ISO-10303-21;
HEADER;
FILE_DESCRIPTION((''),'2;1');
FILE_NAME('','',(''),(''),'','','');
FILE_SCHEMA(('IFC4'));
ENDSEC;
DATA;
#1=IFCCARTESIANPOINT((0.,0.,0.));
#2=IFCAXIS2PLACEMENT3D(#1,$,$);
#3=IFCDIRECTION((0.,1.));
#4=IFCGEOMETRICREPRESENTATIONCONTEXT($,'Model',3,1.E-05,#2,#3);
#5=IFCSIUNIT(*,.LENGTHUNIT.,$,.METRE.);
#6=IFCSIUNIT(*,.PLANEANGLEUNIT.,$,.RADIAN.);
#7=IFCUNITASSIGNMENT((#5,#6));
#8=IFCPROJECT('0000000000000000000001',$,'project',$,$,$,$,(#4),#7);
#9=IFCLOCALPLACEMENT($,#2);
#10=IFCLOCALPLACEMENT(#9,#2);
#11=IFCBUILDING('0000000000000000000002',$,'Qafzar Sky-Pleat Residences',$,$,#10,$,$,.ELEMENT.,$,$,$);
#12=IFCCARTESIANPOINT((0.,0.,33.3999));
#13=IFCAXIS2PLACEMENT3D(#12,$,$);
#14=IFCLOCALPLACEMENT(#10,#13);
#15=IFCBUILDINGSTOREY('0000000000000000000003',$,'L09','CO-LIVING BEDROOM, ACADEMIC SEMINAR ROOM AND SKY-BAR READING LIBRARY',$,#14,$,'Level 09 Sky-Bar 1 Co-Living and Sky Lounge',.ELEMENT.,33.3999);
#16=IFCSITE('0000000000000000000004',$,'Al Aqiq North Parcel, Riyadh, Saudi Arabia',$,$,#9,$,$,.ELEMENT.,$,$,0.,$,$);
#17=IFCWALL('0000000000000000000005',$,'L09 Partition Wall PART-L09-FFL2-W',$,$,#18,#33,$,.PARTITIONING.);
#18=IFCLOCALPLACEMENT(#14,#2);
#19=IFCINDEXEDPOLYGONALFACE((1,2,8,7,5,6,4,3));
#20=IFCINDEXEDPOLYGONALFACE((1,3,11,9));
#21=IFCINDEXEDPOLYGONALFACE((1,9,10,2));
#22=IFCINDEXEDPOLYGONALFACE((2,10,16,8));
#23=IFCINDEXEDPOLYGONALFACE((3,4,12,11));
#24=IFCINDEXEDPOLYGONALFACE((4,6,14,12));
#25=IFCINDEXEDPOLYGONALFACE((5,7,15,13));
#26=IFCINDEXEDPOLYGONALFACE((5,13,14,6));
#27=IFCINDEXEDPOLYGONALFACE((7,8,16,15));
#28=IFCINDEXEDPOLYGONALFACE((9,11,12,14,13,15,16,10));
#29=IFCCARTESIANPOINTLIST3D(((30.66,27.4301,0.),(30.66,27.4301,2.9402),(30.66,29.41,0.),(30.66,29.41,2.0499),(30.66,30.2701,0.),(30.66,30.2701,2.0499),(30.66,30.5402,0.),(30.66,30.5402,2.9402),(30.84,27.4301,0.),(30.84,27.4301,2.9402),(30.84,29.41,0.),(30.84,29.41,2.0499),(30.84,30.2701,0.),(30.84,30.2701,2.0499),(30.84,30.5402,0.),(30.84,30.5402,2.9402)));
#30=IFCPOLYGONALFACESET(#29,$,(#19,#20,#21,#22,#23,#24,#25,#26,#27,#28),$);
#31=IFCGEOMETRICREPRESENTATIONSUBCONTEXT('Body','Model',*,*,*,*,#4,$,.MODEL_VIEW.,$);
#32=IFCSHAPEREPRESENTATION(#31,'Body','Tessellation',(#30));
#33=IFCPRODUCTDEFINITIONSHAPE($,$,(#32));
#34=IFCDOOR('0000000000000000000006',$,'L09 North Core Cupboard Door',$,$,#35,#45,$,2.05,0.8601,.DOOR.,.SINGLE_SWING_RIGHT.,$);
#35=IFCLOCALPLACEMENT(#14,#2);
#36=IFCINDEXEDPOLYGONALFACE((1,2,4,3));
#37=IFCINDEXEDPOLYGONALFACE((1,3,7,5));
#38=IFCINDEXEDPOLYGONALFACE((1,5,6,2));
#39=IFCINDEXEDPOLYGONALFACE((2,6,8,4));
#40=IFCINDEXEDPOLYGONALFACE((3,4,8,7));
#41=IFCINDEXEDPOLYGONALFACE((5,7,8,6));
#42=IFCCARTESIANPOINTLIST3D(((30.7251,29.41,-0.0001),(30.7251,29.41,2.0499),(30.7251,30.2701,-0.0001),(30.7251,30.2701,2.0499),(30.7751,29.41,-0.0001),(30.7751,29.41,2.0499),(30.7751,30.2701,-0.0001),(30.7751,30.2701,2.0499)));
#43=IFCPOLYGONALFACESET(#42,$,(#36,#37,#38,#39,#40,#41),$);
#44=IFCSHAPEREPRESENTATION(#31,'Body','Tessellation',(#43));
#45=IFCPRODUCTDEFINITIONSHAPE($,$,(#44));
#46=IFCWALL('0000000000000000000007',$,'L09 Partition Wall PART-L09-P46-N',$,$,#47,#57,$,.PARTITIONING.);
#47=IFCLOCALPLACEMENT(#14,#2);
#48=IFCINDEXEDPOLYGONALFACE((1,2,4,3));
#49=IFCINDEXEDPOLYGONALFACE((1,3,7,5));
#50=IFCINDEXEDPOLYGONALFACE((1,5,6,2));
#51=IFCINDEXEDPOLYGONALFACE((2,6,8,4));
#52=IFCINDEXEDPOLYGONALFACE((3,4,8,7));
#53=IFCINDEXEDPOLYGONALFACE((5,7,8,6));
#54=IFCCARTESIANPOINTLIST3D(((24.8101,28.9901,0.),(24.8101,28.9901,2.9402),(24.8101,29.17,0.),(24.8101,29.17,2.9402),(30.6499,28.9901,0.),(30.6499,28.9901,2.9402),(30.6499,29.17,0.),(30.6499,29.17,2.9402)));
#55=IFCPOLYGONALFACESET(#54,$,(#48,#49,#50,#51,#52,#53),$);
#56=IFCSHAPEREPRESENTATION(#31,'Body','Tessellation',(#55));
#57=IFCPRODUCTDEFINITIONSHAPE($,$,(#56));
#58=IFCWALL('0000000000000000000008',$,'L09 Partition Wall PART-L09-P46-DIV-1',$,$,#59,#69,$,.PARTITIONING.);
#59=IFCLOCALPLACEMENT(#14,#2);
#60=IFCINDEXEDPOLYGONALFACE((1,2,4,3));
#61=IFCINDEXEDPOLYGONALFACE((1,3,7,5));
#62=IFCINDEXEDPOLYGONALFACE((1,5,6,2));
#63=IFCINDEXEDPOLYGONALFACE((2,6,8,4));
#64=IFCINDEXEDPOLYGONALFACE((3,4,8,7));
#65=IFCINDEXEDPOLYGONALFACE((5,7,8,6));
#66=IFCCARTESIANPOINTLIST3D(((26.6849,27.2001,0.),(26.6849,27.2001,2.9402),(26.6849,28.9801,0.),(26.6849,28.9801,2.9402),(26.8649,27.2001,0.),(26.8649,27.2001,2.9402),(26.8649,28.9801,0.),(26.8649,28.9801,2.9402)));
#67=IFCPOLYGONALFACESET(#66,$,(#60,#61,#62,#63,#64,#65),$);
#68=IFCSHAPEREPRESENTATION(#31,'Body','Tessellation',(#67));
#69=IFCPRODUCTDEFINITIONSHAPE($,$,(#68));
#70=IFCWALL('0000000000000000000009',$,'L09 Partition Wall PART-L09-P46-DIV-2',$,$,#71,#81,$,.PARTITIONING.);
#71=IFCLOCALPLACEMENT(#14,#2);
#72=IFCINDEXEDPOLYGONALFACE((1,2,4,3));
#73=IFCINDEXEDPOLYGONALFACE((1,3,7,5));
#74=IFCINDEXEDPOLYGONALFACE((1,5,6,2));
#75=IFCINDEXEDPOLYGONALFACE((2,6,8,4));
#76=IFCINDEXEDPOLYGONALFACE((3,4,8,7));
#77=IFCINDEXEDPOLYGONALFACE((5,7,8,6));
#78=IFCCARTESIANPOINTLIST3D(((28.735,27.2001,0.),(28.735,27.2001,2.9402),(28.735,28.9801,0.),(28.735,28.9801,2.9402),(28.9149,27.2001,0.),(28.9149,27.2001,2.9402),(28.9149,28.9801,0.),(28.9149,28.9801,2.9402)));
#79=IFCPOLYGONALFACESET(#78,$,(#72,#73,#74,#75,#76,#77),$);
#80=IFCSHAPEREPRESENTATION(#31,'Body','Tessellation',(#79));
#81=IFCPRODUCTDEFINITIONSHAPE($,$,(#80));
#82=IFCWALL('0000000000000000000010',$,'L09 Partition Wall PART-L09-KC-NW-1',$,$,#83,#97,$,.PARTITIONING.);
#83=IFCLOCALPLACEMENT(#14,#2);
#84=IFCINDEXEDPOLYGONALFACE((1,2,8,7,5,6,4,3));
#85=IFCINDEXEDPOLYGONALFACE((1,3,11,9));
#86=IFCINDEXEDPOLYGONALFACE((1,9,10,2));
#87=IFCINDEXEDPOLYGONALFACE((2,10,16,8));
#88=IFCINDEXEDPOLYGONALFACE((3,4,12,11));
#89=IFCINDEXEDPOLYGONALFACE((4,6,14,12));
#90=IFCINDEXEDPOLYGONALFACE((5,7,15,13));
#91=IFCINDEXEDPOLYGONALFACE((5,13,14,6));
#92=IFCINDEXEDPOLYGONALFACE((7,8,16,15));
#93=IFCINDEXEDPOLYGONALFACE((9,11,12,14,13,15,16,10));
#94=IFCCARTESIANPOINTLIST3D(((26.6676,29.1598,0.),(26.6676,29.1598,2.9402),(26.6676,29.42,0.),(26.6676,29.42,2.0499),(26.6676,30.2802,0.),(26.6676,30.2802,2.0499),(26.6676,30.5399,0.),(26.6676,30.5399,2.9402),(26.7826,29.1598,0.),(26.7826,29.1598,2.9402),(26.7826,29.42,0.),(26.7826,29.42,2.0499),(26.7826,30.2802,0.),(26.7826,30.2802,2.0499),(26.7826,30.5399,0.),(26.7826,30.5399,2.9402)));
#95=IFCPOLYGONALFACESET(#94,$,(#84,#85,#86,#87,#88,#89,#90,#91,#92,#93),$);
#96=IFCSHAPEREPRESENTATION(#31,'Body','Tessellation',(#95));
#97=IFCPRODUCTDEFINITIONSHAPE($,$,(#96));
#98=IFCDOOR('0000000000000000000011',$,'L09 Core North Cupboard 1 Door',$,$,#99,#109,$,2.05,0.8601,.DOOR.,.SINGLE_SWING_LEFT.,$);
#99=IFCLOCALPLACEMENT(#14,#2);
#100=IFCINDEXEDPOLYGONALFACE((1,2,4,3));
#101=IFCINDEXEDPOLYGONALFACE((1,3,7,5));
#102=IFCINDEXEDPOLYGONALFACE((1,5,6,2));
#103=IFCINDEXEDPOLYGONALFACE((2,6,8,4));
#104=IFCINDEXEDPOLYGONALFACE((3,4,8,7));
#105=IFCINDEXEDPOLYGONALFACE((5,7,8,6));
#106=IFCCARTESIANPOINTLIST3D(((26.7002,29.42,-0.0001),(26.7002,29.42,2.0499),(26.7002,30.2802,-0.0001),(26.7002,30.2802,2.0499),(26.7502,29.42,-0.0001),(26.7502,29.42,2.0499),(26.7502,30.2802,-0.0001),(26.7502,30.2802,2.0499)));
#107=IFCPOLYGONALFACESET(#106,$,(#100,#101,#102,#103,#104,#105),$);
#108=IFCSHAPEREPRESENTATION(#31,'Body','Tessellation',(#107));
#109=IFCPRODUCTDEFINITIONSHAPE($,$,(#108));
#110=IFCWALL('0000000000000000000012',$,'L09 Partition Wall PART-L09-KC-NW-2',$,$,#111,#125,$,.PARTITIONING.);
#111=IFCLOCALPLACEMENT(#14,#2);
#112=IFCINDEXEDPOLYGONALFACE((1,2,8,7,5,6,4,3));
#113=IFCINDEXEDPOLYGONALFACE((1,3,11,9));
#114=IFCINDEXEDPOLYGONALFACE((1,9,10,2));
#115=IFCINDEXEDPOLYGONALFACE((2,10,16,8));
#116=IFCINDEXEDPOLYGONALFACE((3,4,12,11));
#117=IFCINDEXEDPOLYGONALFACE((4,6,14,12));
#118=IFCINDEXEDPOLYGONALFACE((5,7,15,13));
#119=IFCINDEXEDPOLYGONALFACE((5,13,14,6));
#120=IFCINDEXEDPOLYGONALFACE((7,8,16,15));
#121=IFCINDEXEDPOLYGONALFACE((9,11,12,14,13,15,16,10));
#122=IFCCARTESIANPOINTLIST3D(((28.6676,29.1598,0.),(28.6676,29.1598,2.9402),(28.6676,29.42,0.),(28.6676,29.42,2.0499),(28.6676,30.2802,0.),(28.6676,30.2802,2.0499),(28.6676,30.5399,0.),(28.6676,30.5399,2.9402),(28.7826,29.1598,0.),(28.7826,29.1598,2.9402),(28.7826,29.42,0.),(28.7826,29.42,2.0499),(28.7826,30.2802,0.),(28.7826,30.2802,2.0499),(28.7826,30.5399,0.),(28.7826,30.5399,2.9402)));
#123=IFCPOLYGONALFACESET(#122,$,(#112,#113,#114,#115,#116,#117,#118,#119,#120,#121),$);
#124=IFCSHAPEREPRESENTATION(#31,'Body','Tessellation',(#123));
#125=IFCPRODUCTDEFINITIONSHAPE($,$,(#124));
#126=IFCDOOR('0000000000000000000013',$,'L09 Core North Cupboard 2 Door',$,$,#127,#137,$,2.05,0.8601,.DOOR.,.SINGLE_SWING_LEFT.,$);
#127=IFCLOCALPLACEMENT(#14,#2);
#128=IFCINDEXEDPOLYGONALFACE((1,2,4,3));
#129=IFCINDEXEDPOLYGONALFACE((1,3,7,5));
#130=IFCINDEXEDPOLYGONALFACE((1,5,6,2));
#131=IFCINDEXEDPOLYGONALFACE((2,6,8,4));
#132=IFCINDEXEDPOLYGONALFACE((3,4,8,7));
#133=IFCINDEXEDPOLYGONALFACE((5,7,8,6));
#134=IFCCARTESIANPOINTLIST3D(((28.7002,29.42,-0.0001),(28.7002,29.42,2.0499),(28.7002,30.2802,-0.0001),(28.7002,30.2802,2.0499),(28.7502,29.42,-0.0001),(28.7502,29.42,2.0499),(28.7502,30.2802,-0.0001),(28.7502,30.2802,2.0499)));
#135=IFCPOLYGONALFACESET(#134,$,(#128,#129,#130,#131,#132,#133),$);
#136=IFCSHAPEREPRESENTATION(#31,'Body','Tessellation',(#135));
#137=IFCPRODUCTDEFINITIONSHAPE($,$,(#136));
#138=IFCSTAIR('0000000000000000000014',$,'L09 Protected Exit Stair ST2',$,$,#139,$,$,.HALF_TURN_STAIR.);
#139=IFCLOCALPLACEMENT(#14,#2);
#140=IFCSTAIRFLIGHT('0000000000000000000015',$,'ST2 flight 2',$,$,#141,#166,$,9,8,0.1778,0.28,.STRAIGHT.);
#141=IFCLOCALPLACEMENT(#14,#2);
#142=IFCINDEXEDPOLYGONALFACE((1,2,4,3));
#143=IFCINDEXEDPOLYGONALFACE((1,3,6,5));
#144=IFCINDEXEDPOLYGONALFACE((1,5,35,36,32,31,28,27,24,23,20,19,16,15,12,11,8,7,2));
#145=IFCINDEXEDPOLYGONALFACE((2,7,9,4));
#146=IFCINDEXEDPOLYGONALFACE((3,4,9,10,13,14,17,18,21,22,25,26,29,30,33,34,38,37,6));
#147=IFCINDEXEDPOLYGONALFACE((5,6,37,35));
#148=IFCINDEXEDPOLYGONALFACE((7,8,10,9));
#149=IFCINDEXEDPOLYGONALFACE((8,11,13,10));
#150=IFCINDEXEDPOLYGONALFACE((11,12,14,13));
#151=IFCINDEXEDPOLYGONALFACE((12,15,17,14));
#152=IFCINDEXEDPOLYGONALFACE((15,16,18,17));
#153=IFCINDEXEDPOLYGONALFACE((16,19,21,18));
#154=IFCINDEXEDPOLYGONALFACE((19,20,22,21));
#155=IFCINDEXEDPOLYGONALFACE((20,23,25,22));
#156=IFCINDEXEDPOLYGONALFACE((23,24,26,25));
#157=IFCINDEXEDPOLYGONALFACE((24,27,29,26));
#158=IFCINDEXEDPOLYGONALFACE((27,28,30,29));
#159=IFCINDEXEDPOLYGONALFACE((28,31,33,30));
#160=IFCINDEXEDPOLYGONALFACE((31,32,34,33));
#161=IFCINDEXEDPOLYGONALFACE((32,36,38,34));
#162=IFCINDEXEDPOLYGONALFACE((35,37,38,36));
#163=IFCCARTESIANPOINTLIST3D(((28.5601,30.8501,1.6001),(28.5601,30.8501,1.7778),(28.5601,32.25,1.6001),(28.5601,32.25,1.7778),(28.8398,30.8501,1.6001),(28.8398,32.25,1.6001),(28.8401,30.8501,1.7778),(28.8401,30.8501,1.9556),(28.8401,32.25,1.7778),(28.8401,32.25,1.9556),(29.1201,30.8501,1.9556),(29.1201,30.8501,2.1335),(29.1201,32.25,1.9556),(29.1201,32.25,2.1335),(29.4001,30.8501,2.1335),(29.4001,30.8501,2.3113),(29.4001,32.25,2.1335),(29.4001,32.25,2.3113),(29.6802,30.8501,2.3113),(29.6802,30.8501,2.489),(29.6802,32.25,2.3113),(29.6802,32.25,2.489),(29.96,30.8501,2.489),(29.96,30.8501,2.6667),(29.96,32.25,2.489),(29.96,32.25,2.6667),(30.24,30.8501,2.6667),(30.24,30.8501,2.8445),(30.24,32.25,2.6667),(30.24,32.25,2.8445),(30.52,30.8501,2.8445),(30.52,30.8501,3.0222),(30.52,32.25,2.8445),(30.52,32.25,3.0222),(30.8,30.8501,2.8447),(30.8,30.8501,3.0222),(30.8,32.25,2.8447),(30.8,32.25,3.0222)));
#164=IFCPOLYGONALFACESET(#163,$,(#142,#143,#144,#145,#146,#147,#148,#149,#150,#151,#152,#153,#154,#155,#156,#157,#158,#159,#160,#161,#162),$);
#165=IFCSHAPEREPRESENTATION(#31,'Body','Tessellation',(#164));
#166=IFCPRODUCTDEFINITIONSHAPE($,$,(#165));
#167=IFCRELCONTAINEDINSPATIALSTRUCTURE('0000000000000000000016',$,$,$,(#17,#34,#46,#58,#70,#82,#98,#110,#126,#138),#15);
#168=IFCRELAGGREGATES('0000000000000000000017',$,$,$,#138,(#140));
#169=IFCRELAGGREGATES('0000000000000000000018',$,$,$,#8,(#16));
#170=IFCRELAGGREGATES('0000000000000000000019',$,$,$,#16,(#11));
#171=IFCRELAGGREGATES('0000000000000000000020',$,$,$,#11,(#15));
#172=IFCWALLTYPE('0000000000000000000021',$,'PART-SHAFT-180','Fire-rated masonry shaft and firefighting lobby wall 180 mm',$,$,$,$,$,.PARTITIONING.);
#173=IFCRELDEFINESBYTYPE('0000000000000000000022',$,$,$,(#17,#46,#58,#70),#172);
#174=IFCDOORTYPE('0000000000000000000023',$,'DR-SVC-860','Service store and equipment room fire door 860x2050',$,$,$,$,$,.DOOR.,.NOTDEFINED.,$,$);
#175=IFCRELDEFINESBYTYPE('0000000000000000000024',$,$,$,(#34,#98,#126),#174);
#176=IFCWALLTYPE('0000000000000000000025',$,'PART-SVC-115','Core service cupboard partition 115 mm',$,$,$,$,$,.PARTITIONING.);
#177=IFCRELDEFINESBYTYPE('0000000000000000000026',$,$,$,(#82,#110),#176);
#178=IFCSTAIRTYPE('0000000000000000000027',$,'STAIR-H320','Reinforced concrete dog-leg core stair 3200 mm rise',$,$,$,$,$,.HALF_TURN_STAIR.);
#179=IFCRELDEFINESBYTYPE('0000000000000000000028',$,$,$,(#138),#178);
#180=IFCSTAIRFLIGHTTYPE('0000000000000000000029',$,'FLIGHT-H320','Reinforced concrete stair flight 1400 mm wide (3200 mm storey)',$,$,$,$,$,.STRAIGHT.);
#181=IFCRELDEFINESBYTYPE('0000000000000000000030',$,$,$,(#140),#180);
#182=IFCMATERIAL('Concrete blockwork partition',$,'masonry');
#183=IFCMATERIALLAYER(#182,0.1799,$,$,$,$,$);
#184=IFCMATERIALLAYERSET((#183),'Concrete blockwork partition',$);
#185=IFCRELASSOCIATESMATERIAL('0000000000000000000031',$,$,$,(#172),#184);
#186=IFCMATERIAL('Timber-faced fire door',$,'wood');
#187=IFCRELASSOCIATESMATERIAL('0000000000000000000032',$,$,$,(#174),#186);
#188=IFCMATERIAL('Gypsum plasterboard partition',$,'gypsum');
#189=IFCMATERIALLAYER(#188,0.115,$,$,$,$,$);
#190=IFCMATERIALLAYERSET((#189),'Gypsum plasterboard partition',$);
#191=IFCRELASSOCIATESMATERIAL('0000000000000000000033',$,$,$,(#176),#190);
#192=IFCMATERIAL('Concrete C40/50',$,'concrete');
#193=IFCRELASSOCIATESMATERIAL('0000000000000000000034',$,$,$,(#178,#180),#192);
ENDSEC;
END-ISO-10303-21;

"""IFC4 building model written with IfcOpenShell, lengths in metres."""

from ifc_helpers import new_model, si_unit, direction, frame, frame_2d, origin, place, context, subcontext, project, spatial, polyline, rectangle, outline, extrude, source, transform, mapped, material, layer, layer_set, type_object, element, fill, aggregate, save


model = new_model("IFC4")

# Units and contexts
model_context = context("Model", 3, precision=1e-05, world=origin(), true_north=direction((0.0, 1.0)))
body_context = subcontext(model_context, "Body", "Model", "MODEL_VIEW")
ifc_project = project(units=[si_unit("LENGTHUNIT", "METRE"), si_unit("PLANEANGLEUNIT", "RADIAN")], contexts=[model_context])

# Site, building, storey
site_placement = place(None, origin())
site = spatial("IfcSite", under=ifc_project, at=site_placement, Name="Al Aqiq North Parcel, Riyadh, Saudi Arabia", CompositionType="ELEMENT", RefElevation=0.0)
building_placement = place(site_placement, origin())
building = spatial("IfcBuilding", under=site, at=building_placement, Name="Qafzar Sky-Pleat Residences", CompositionType="ELEMENT")
storey_placement = place(building_placement, frame((0.0, 0.0, 33.3999)))
storey = spatial("IfcBuildingStorey", under=building, at=storey_placement, Name="L09", Description="CO-LIVING BEDROOM, ACADEMIC SEMINAR ROOM AND SKY-BAR READING LIBRARY", LongName="Level 09 Sky-Bar 1 Co-Living and Sky Lounge", CompositionType="ELEMENT", Elevation=33.3999)

# Wall, opening, door
ifc_material_1 = material(Name="Concrete blockwork partition", Category="masonry")
ifc_layer_1 = layer(ifc_material_1, 0.1799)
ifc_layer_set_1 = layer_set([ifc_layer_1], Name="Concrete blockwork partition")
wall_type_1 = type_object("IfcWallType", Name="PART-SHAFT-180", Description="Fire-rated masonry shaft and firefighting lobby wall 180 mm", PredefinedType="PARTITIONING", material=ifc_layer_set_1)
wall_1_placement = place(storey_placement, frame((30.75, 27.4299, 0.0), z_axis=(0.0, 0.0, 1.0), x_axis=(0.0, 1.0, 0.0)))
wall_1 = element("IfcWall", 1, at=wall_1_placement, inside=storey, type_object=wall_type_1, Name="L09 Partition Wall PART-L09-FFL2-W", PredefinedType="PARTITIONING", context=body_context, shape_type="SweptSolid", body=[
    extrude(rectangle(XDim=3.1101, YDim=0.1799, at=frame_2d((1.5552, 0.0))), origin(), (0.0, 0.0, 1.0), 2.9402),
])
opening_1_placement = place(wall_1_placement, frame((1.98, 0.0, 0.0)))
opening_1 = element("IfcOpeningElement", 2, at=opening_1_placement, cuts=wall_1, PredefinedType="OPENING", context=body_context, shape_type="SweptSolid", body=[
    extrude(rectangle(XDim=0.8601, YDim=2.05, at=frame_2d((0.4302, 1.0249))), frame((0.0, 0.1001, 0.0), z_axis=(0.0, -1.0, 0.0), x_axis=(1.0, 0.0, 0.0)), (0.0, 0.0, 1.0), 0.2),
])
ifc_material_2 = material(Name="Timber-faced fire door", Category="wood")
door_type_1 = type_object("IfcDoorType", Name="DR-SVC-860", Description="Service store and equipment room fire door 860x2050", OperationType="NOTDEFINED", PredefinedType="DOOR", material=ifc_material_2)
shared_shape_1 = source(origin(), body_context, "Body", "SweptSolid", [
    extrude(rectangle(XDim=0.8601, YDim=2.05, at=frame_2d((0.4302, 1.0249))), frame((0.0, 0.0249, 0.0), z_axis=(0.0, -1.0, 0.0), x_axis=(1.0, 0.0, 0.0)), (0.0, 0.0, 1.0), 0.05),
])
door_1_placement = place(opening_1_placement, origin())
door_1 = element("IfcDoor", 3, at=door_1_placement, inside=storey, type_object=door_type_1, Name="L09 North Core Cupboard Door", OperationType="SINGLE_SWING_RIGHT", OverallHeight=2.05, OverallWidth=0.8601, PredefinedType="DOOR", context=body_context, shape_type="MappedRepresentation", body=[
    mapped(shared_shape_1, transform((0.0, 0.0, 0.0), x_axis=(1.0, 0.0, 0.0), y_axis=(0.0, 1.0, 0.0), z_axis=(0.0, 0.0, 1.0), scale=1.0)),
])
fill(opening_1, door_1)

# Walls
wall_2_placement = place(storey_placement, frame((24.8101, 29.0801, 0.0), z_axis=(0.0, 0.0, 1.0), x_axis=(1.0, 0.0, 0.0)))
element("IfcWall", 4, at=wall_2_placement, inside=storey, type_object=wall_type_1, Name="L09 Partition Wall PART-L09-P46-N", PredefinedType="PARTITIONING", context=body_context, shape_type="SweptSolid", body=[
    extrude(rectangle(XDim=5.8398, YDim=0.1799, at=frame_2d((2.9199, 0.0))), origin(), (0.0, 0.0, 1.0), 2.9402),
])
for number, where, z_axis, x_axis, name in (
    (5, (26.7749, 27.2, 0.0), (0.0, 0.0, 1.0), (0.0, 1.0, 0.0), "L09 Partition Wall PART-L09-P46-DIV-1"),
    (6, (28.825, 27.2, 0.0), (0.0, 0.0, 1.0), (0.0, 1.0, 0.0), "L09 Partition Wall PART-L09-P46-DIV-2"),
):
    element("IfcWall", number, at=place(storey_placement, frame(where, z_axis=z_axis, x_axis=x_axis)), inside=storey, type_object=wall_type_1, Name=name, PredefinedType="PARTITIONING", context=body_context, shape_type="SweptSolid", body=[
        extrude(rectangle(XDim=1.78, YDim=0.1799, at=frame_2d((0.8901, 0.0))), origin(), (0.0, 0.0, 1.0), 2.9402),
    ])

# Walls, openings, doors
ifc_material_3 = material(Name="Gypsum plasterboard partition", Category="gypsum")
ifc_layer_2 = layer(ifc_material_3, 0.115)
ifc_layer_set_2 = layer_set([ifc_layer_2], Name="Gypsum plasterboard partition")
wall_type_2 = type_object("IfcWallType", Name="PART-SVC-115", Description="Core service cupboard partition 115 mm", PredefinedType="PARTITIONING", material=ifc_layer_set_2)
wall_3_placement = place(storey_placement, frame((26.7251, 29.1599, 0.0), z_axis=(0.0, 0.0, 1.0), x_axis=(0.0, 1.0, 0.0)))
wall_3 = element("IfcWall", 7, at=wall_3_placement, inside=storey, type_object=wall_type_2, Name="L09 Partition Wall PART-L09-KC-NW-1", PredefinedType="PARTITIONING", context=body_context, shape_type="SweptSolid", body=[
    extrude(rectangle(XDim=1.3801, YDim=0.115, at=frame_2d((0.6899, 0.0))), origin(), (0.0, 0.0, 1.0), 2.9402),
])
opening_2_placement = place(wall_3_placement, frame((0.26, 0.0, 0.0)))
opening_2 = element("IfcOpeningElement", 8, at=opening_2_placement, cuts=wall_3, PredefinedType="OPENING", context=body_context, shape_type="SweptSolid", body=[
    extrude(rectangle(XDim=0.8601, YDim=2.05, at=frame_2d((0.4302, 1.0249))), frame((0.0, 0.0674, 0.0), z_axis=(0.0, -1.0, 0.0), x_axis=(1.0, 0.0, 0.0)), (0.0, 0.0, 1.0), 0.135),
])
door_2_placement = place(opening_2_placement, origin())
door_2 = element("IfcDoor", 9, at=door_2_placement, inside=storey, type_object=door_type_1, Name="L09 Core North Cupboard 1 Door", OperationType="SINGLE_SWING_LEFT", OverallHeight=2.05, OverallWidth=0.8601, PredefinedType="DOOR", context=body_context, shape_type="MappedRepresentation", body=[
    mapped(shared_shape_1, transform((0.0, 0.0, 0.0), x_axis=(1.0, 0.0, 0.0), y_axis=(0.0, 1.0, 0.0), z_axis=(0.0, 0.0, 1.0), scale=1.0)),
])
fill(opening_2, door_2)
wall_4_placement = place(storey_placement, frame((28.7251, 29.1599, 0.0), z_axis=(0.0, 0.0, 1.0), x_axis=(0.0, 1.0, 0.0)))
wall_4 = element("IfcWall", 10, at=wall_4_placement, inside=storey, type_object=wall_type_2, Name="L09 Partition Wall PART-L09-KC-NW-2", PredefinedType="PARTITIONING", context=body_context, shape_type="SweptSolid", body=[
    extrude(rectangle(XDim=1.3801, YDim=0.115, at=frame_2d((0.6899, 0.0))), origin(), (0.0, 0.0, 1.0), 2.9402),
])
opening_3_placement = place(wall_4_placement, frame((0.26, 0.0, 0.0)))
opening_3 = element("IfcOpeningElement", 11, at=opening_3_placement, cuts=wall_4, PredefinedType="OPENING", context=body_context, shape_type="SweptSolid", body=[
    extrude(rectangle(XDim=0.8601, YDim=2.05, at=frame_2d((0.4302, 1.0249))), frame((0.0, 0.0674, 0.0), z_axis=(0.0, -1.0, 0.0), x_axis=(1.0, 0.0, 0.0)), (0.0, 0.0, 1.0), 0.135),
])
door_3_placement = place(opening_3_placement, origin())
door_3 = element("IfcDoor", 12, at=door_3_placement, inside=storey, type_object=door_type_1, Name="L09 Core North Cupboard 2 Door", OperationType="SINGLE_SWING_LEFT", OverallHeight=2.05, OverallWidth=0.8601, PredefinedType="DOOR", context=body_context, shape_type="MappedRepresentation", body=[
    mapped(shared_shape_1, transform((0.0, 0.0, 0.0), x_axis=(1.0, 0.0, 0.0), y_axis=(0.0, 1.0, 0.0), z_axis=(0.0, 0.0, 1.0), scale=1.0)),
])
fill(opening_3, door_3)

# Stair, stair flight
ifc_material_4 = material(Name="Concrete C40/50", Category="concrete")
stair_type = type_object("IfcStairType", Name="STAIR-H320", Description="Reinforced concrete dog-leg core stair 3200 mm rise", PredefinedType="HALF_TURN_STAIR", material=ifc_material_4)
stair_placement = place(storey_placement, origin())
stair = element("IfcStair", 13, at=stair_placement, inside=storey, type_object=stair_type, Name="L09 Protected Exit Stair ST2", PredefinedType="HALF_TURN_STAIR")
stair_flight_type = type_object("IfcStairFlightType", Name="FLIGHT-H320", Description="Reinforced concrete stair flight 1400 mm wide (3200 mm storey)", PredefinedType="STRAIGHT", material=ifc_material_4)
shared_shape_2 = source(origin(), body_context, "Body", "SweptSolid", [
    extrude(outline(polyline([(0.0, 0.0), (0.0, 0.1777), (0.28, 0.1777), (0.28, 0.3555), (0.5601, 0.3555), (0.5601, 0.5334), (0.8401, 0.5334), (0.8401, 0.7112), (1.1201, 0.7112), (1.1201, 0.8889), (1.3999, 0.8889), (1.3999, 1.0667), (1.6799, 1.0667), (1.6799, 1.2444), (1.96, 1.2444), (1.96, 1.4221), (2.24, 1.4221), (2.24, 1.6001), (2.24, 1.2446), (0.2798, 0.0), (0.0, 0.0)])), frame((0.0, 0.7, 0.0), z_axis=(0.0, -1.0, 0.0), x_axis=(1.0, 0.0, 0.0)), (0.0, 0.0, 1.0), 1.3999),
])
stair_flight_placement = place(storey_placement, frame((28.5601, 31.55, 1.6001), z_axis=(0.0, 0.0, 1.0), x_axis=(1.0, 0.0, 0.0)))
stair_flight = element("IfcStairFlight", 14, at=stair_flight_placement, type_object=stair_flight_type, Name="ST2 flight 2", NumberOfRisers=9, NumberOfTreads=8, PredefinedType="STRAIGHT", RiserHeight=0.1778, TreadLength=0.28, context=body_context, shape_type="MappedRepresentation", body=[
    mapped(shared_shape_2, transform((0.0, 0.0, 0.0), x_axis=(1.0, 0.0, 0.0), y_axis=(0.0, 1.0, 0.0), z_axis=(0.0, 0.0, 1.0), scale=1.0)),
])
aggregate(stair, [stair_flight])

save(model, "model.ifc")
